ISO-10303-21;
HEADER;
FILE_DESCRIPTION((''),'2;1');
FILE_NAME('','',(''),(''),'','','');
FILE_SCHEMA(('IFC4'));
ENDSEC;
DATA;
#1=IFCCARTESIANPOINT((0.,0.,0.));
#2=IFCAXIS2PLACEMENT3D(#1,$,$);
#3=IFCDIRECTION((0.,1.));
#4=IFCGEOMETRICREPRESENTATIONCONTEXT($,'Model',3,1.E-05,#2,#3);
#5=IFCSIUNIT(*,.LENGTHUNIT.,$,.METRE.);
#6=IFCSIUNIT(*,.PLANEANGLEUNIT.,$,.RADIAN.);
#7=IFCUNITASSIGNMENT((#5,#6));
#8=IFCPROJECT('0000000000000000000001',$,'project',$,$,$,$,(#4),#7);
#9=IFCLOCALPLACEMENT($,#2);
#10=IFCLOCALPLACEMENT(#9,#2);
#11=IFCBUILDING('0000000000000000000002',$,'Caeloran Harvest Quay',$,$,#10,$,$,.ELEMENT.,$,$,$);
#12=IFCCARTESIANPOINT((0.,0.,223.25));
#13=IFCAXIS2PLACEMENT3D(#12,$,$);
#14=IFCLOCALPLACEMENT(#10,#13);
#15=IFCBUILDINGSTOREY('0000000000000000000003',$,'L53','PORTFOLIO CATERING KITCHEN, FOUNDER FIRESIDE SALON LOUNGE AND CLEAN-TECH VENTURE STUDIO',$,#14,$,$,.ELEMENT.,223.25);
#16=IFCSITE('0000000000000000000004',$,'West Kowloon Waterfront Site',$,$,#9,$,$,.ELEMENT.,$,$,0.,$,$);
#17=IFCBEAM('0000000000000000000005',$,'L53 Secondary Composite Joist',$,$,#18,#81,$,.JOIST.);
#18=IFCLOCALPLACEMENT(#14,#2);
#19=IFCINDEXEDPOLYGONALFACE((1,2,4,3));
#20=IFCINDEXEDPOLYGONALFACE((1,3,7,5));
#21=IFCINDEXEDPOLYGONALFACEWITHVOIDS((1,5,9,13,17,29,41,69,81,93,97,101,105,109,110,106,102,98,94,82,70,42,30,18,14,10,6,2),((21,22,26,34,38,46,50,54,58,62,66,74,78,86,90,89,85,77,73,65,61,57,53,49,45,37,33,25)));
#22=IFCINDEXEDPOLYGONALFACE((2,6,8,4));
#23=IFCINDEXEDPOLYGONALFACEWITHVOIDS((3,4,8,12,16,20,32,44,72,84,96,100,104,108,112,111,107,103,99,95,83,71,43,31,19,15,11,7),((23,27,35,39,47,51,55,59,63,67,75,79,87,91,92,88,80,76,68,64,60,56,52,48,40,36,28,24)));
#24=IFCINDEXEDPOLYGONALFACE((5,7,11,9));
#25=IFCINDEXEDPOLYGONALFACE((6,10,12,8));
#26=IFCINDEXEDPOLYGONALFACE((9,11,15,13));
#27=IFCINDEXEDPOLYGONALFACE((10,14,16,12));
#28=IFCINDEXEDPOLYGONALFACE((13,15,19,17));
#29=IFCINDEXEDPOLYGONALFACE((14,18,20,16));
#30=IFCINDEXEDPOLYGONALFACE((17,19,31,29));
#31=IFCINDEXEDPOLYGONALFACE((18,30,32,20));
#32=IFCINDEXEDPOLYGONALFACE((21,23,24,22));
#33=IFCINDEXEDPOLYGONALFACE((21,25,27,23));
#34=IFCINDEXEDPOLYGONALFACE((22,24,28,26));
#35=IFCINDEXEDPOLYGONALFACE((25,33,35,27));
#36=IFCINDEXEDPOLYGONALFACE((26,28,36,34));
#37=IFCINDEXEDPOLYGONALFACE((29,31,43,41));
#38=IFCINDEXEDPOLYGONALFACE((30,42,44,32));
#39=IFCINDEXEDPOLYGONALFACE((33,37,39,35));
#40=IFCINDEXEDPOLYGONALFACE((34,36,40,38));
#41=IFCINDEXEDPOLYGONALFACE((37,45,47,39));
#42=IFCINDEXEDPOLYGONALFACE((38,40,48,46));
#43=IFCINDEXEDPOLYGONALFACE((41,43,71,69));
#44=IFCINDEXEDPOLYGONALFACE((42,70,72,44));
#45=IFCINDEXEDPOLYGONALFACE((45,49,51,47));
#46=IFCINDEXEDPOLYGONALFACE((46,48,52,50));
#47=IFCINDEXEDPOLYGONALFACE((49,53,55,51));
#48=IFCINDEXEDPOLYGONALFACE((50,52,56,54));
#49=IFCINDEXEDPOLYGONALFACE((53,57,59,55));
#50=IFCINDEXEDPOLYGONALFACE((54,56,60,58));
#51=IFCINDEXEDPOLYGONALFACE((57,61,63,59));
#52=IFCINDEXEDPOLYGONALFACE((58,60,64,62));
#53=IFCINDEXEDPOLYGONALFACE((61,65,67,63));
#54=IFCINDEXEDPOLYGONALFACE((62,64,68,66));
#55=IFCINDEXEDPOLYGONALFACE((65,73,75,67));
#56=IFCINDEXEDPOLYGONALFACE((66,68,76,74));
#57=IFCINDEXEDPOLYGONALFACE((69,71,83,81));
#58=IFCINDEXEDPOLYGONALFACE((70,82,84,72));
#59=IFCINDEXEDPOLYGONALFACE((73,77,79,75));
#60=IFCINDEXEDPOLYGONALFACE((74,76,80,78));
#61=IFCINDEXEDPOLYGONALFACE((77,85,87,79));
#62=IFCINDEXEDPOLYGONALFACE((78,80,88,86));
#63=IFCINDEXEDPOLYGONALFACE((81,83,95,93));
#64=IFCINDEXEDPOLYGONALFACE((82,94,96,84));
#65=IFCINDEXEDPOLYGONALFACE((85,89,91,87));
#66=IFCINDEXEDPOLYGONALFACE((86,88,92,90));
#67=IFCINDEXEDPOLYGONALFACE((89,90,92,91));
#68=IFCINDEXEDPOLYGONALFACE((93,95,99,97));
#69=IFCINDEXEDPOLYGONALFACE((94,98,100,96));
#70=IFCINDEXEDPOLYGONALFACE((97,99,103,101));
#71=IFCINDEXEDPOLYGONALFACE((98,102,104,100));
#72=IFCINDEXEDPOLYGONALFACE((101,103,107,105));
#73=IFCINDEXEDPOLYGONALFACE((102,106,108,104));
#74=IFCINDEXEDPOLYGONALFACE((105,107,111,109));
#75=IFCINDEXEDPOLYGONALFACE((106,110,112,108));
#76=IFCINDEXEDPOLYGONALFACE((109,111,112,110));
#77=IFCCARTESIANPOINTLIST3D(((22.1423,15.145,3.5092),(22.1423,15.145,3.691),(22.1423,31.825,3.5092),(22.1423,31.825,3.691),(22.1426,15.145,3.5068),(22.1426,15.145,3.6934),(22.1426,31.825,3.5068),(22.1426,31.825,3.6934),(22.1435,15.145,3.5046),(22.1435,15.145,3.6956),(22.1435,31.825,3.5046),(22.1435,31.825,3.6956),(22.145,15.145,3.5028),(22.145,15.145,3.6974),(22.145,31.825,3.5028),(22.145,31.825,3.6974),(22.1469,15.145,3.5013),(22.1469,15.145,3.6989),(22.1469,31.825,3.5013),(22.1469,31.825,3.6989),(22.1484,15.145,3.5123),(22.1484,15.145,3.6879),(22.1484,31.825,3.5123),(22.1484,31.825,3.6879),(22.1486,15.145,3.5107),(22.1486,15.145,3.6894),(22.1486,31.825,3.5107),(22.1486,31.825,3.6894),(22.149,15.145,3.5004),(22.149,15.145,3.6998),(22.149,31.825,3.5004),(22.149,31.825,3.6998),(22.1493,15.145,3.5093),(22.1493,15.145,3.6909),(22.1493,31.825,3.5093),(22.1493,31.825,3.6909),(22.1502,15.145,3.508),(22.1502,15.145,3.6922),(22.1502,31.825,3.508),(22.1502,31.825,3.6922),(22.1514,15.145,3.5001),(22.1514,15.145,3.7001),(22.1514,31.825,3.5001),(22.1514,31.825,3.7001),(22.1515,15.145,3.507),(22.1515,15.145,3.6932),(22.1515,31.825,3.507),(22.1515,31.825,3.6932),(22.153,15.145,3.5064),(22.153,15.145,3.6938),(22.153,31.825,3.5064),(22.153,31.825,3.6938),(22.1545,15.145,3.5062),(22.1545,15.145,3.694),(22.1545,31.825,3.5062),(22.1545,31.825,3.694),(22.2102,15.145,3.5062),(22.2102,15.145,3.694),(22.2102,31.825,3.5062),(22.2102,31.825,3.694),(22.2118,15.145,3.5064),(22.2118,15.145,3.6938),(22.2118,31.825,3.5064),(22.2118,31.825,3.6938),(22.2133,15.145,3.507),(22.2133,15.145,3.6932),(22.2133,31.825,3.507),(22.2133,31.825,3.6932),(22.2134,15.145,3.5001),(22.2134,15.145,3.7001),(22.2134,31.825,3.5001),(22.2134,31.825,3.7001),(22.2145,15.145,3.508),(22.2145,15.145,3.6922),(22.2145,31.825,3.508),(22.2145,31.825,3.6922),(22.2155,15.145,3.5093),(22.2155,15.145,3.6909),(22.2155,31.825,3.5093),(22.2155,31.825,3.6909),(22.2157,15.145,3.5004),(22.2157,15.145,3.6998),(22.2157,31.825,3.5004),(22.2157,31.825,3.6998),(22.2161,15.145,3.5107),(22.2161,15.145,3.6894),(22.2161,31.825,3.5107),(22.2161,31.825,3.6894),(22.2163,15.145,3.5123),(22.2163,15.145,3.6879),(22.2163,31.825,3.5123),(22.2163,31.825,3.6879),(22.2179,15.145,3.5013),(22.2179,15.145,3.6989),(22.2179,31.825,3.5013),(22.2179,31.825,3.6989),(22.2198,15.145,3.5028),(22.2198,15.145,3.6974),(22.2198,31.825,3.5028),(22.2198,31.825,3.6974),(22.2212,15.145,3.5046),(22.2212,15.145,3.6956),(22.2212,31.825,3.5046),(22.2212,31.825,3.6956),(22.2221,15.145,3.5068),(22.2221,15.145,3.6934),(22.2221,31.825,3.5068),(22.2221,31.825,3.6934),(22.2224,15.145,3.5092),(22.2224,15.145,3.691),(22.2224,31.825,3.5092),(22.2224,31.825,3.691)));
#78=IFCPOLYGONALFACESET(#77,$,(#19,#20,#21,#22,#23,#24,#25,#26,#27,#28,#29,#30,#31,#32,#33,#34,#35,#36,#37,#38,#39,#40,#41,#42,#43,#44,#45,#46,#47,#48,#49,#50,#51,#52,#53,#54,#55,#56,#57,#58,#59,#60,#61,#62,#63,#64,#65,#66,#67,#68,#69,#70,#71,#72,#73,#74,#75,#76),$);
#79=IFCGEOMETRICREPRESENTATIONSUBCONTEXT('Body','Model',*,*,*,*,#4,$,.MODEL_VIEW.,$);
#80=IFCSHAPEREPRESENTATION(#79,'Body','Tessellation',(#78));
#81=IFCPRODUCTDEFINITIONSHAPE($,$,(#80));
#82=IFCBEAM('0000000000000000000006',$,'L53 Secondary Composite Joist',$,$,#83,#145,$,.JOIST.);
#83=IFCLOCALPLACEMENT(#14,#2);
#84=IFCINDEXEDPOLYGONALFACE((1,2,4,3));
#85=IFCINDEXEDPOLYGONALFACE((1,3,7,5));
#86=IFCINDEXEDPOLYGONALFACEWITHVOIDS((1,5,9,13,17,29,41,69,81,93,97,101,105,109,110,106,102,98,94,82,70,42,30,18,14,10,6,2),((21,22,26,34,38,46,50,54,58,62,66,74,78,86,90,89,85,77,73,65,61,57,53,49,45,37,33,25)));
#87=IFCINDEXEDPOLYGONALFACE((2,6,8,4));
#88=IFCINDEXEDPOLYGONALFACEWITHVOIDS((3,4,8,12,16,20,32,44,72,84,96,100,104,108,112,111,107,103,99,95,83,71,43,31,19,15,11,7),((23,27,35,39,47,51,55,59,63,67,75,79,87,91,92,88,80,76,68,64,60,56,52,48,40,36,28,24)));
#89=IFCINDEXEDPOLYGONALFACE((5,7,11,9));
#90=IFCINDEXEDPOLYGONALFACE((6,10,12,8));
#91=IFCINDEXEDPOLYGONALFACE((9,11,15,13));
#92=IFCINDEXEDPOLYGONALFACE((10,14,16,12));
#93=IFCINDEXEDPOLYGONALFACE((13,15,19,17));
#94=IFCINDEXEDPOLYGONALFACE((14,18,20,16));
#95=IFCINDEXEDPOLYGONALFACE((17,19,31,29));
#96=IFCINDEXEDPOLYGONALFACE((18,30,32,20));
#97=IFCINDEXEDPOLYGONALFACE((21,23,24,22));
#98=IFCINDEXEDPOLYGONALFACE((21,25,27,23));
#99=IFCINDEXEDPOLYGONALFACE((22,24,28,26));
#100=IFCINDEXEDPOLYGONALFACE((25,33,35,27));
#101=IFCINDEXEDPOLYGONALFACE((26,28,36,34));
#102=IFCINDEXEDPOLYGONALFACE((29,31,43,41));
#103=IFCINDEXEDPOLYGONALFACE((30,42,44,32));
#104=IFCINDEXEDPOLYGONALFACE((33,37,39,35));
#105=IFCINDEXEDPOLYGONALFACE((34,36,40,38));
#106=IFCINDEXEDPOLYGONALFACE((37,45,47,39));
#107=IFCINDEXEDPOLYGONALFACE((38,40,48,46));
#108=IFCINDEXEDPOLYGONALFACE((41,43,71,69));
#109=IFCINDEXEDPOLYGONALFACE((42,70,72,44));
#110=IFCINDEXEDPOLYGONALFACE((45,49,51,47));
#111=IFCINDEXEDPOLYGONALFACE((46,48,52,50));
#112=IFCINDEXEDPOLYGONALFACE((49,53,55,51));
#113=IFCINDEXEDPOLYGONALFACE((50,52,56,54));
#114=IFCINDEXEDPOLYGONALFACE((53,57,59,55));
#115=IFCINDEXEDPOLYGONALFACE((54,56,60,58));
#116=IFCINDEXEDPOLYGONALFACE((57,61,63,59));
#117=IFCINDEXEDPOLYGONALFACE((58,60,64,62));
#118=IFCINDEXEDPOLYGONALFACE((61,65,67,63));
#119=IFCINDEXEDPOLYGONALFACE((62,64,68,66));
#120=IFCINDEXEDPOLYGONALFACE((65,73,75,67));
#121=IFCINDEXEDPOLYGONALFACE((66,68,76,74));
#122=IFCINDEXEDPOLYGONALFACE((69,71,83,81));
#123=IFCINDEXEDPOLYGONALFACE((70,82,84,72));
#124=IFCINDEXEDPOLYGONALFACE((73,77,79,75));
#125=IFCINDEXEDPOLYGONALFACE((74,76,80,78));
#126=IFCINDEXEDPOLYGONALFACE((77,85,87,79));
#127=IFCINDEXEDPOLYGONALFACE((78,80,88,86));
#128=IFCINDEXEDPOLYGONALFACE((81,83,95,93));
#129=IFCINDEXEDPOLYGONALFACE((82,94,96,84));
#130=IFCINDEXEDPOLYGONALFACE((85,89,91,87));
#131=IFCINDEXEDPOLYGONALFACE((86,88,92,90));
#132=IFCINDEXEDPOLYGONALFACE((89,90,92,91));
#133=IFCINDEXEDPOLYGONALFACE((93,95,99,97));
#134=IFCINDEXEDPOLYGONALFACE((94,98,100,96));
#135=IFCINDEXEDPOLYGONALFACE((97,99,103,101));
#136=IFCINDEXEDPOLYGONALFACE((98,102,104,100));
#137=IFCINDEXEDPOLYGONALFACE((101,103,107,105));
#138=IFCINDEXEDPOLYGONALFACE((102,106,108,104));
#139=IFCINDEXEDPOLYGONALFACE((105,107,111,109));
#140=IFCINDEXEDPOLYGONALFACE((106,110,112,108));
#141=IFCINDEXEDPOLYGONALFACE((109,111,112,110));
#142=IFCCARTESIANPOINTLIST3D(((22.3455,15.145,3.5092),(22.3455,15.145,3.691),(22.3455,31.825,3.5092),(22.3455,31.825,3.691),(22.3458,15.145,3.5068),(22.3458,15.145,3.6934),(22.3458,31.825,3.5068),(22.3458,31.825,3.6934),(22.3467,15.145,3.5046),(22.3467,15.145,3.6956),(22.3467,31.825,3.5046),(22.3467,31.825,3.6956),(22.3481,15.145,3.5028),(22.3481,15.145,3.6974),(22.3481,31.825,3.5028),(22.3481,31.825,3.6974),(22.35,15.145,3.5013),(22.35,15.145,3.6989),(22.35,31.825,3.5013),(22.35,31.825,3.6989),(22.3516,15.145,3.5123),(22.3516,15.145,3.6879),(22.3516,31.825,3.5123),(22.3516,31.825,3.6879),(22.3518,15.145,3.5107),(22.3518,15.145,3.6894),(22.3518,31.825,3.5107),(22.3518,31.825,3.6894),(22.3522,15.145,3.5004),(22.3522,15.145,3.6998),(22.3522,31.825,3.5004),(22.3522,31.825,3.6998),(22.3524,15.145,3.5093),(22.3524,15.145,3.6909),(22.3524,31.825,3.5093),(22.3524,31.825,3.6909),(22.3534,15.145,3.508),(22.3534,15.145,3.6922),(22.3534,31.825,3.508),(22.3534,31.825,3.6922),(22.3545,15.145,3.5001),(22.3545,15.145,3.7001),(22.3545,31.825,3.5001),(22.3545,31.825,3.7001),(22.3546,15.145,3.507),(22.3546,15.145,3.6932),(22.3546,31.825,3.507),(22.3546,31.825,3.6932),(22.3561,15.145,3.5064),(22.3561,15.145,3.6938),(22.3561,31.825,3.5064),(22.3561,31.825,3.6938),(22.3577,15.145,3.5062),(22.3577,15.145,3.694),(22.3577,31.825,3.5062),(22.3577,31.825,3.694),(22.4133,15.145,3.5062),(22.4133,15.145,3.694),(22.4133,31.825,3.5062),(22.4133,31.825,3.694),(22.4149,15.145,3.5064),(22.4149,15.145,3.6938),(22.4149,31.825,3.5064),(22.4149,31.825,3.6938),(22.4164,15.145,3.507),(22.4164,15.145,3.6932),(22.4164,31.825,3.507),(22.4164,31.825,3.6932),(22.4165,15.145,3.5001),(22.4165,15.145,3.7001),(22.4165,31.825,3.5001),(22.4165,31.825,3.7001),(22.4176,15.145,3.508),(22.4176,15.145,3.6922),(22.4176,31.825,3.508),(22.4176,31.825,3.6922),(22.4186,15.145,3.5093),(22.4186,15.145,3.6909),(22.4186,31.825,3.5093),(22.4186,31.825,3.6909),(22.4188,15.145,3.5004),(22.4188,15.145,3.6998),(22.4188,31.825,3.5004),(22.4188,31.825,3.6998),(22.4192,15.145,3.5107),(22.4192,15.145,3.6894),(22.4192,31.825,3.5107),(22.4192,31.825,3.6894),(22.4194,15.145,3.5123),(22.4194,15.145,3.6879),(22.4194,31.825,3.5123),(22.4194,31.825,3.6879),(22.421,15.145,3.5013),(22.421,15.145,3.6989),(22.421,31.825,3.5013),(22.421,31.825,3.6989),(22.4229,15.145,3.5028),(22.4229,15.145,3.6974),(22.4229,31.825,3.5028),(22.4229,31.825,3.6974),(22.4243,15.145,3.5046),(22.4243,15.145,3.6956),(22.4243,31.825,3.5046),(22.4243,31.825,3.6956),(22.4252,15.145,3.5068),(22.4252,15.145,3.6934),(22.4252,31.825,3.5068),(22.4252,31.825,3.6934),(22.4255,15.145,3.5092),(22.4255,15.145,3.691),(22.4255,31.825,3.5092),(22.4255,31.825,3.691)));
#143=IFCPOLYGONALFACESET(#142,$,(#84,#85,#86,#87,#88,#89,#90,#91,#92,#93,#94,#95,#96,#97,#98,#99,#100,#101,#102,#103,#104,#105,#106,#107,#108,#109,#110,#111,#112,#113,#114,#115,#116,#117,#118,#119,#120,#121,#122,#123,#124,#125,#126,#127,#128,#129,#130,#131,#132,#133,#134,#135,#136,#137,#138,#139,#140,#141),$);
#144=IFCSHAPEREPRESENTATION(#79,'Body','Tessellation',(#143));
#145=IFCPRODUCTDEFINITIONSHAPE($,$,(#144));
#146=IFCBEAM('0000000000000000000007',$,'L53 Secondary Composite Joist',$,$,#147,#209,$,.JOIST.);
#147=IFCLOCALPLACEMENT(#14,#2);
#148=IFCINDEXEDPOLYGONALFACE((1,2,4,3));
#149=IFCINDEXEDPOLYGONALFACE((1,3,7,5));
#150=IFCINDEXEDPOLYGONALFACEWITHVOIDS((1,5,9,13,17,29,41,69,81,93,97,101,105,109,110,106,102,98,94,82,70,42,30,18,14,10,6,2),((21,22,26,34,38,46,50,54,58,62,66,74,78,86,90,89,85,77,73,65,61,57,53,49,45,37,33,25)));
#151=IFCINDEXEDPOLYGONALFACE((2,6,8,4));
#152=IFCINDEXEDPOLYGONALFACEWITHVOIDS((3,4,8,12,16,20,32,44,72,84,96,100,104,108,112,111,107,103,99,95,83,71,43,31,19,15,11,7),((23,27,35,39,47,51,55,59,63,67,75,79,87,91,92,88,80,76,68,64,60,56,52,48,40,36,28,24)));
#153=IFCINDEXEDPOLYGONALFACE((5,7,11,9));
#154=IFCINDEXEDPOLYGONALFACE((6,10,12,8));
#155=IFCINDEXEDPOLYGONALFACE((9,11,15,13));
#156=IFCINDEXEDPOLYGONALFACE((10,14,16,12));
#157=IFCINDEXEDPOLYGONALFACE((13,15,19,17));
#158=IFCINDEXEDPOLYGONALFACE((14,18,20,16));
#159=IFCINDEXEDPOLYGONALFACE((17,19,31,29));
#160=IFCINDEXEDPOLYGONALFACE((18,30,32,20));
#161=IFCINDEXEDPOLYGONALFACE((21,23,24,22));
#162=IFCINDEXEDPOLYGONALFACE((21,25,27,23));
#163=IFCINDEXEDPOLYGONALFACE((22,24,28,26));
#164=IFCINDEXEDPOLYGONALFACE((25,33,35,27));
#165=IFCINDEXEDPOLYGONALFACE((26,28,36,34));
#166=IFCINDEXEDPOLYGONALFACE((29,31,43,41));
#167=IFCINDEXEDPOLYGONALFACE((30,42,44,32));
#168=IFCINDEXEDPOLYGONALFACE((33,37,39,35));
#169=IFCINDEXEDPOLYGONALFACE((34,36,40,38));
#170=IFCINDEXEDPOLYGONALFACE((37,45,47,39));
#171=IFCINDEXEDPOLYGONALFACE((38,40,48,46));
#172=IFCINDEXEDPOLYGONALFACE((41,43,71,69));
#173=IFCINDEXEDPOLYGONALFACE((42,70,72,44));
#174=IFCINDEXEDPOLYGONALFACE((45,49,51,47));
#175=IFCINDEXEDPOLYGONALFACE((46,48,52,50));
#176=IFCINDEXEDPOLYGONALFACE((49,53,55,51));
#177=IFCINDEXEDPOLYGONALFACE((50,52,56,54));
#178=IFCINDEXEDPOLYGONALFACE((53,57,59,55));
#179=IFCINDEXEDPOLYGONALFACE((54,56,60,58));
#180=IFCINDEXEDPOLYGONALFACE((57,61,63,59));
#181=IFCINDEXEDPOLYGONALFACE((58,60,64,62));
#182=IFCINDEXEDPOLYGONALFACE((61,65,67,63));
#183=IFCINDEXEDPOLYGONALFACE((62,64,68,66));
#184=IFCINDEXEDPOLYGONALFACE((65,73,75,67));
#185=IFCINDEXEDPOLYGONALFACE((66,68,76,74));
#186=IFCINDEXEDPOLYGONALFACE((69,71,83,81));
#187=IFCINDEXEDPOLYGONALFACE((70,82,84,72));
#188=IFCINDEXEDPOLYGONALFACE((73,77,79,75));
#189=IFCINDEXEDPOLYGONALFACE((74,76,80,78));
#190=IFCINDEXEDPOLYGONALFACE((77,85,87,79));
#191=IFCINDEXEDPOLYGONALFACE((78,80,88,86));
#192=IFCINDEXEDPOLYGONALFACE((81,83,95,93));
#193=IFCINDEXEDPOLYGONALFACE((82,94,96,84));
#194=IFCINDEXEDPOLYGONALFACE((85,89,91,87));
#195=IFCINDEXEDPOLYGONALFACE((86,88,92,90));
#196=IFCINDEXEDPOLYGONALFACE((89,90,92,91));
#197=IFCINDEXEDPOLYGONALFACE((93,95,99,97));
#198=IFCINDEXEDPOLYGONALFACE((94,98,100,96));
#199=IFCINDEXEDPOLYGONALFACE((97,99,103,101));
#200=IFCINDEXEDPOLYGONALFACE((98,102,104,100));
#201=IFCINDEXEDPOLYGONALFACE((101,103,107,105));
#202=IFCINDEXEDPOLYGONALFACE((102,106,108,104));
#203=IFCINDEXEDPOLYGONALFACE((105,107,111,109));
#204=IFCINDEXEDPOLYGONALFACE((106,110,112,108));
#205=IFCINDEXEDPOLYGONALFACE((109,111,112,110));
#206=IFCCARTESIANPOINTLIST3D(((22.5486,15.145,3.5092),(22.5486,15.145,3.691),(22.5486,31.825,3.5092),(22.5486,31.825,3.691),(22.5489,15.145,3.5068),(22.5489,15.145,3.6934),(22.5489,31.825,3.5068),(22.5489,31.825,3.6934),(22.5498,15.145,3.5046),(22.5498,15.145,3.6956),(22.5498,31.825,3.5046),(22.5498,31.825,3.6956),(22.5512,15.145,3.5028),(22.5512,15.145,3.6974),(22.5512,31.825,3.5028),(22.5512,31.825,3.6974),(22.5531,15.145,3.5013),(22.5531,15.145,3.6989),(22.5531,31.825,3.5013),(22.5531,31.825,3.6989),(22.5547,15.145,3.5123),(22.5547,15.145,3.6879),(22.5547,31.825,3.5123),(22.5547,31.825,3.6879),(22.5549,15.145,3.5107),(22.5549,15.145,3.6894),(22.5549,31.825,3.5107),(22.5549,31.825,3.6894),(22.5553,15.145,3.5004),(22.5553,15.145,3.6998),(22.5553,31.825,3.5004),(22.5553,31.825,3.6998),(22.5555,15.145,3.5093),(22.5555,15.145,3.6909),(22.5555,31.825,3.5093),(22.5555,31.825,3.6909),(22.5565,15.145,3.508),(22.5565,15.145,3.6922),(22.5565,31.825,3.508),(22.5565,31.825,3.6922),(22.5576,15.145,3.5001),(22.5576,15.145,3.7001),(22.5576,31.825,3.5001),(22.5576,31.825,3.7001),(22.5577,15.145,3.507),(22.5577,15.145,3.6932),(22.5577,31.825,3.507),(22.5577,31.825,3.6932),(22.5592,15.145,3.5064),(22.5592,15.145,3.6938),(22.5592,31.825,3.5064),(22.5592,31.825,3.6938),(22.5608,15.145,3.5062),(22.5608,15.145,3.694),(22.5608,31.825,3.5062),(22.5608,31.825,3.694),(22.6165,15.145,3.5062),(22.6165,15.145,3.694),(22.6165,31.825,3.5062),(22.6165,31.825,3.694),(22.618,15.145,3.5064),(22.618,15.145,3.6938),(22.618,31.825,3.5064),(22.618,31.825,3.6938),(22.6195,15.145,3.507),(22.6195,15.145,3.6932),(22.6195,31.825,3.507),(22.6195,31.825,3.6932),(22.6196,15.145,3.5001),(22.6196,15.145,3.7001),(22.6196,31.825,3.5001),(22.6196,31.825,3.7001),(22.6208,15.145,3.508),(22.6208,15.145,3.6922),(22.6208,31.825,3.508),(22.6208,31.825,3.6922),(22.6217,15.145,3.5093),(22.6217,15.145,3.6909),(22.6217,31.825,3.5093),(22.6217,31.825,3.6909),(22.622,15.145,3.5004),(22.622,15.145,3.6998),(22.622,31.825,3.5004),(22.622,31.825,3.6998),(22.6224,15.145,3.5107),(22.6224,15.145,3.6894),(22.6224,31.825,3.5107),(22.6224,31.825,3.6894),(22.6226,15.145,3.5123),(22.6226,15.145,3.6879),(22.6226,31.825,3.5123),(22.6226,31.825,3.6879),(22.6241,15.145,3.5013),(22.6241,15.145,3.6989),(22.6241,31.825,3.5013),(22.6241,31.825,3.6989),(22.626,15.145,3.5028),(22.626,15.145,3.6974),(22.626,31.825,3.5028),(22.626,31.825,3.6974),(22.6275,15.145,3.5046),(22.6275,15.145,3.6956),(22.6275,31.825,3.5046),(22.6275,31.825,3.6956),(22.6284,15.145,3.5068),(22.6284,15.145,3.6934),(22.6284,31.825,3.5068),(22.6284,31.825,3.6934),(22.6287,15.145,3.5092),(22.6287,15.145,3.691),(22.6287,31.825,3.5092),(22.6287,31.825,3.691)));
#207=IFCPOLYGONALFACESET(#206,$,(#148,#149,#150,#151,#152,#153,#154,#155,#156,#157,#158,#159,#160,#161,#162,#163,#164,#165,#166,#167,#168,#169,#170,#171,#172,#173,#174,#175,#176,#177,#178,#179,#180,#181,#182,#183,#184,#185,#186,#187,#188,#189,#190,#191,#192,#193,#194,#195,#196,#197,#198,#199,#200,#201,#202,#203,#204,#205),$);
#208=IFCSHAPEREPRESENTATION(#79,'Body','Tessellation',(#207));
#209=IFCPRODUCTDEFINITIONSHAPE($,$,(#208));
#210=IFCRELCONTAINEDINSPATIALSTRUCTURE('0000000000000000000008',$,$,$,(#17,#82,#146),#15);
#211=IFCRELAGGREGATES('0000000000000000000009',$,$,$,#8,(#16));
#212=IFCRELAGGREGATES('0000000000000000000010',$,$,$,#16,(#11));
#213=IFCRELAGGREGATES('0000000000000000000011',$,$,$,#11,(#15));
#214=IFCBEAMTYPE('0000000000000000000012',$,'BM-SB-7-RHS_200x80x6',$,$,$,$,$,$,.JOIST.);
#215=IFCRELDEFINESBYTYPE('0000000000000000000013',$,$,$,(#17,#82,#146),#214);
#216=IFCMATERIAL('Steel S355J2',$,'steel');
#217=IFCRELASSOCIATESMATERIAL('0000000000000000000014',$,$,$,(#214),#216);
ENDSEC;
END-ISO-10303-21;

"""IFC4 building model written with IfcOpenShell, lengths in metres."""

from ifc_helpers import new_model, si_unit, direction, frame, origin, origin_2d, place, context, subcontext, project, spatial, hollow_rectangle, extrude, material, material_profile, profile_set, type_object, element, save


model = new_model("IFC4")

# Units and contexts
model_context = context("Model", 3, precision=1e-05, world=origin(), true_north=direction((0.0, 1.0)))
body_context = subcontext(model_context, "Body", "Model", "MODEL_VIEW")
ifc_project = project(units=[si_unit("LENGTHUNIT", "METRE"), si_unit("PLANEANGLEUNIT", "RADIAN")], contexts=[model_context])

# Site, building, storey
site_placement = place(None, origin())
site = spatial("IfcSite", under=ifc_project, at=site_placement, Name="West Kowloon Waterfront Site", CompositionType="ELEMENT", RefElevation=0.0)
building_placement = place(site_placement, origin())
building = spatial("IfcBuilding", under=site, at=building_placement, Name="Caeloran Harvest Quay", CompositionType="ELEMENT")
storey_placement = place(building_placement, frame((0.0, 0.0, 223.25)))
storey = spatial("IfcBuildingStorey", under=building, at=storey_placement, Name="L53", Description="PORTFOLIO CATERING KITCHEN, FOUNDER FIRESIDE SALON LOUNGE AND CLEAN-TECH VENTURE STUDIO", CompositionType="ELEMENT", Elevation=223.25)

# Beams
ifc_material_1 = material(Name="Steel S355J2", Category="steel")
ifc_material_profile_1 = material_profile(ifc_material_1, hollow_rectangle(XDim=0.0801, YDim=0.2, WallThickness=0.0061, InnerFilletRadius=0.0061, OuterFilletRadius=0.009, at=origin_2d()), Name="RHS 200x80x6")
ifc_profile_set_1 = profile_set([ifc_material_profile_1], Name="Steel S355J2")
beam_type_1 = type_object("IfcBeamType", Name="BM-SB-7-RHS_200x80x6", PredefinedType="JOIST", material=ifc_profile_set_1)
for number, where, z_axis, x_axis, name in (
    (1, (22.1824, 15.145, 3.6001), (0.0, 1.0, 0.0), (-1.0, 0.0, 0.0), "L53 Secondary Composite Joist"),
    (2, (22.3855, 15.145, 3.6001), (0.0, 1.0, 0.0), (-1.0, 0.0, 0.0), "L53 Secondary Composite Joist"),
    (3, (22.5886, 15.145, 3.6001), (0.0, 1.0, 0.0), (-1.0, 0.0, 0.0), "L53 Secondary Composite Joist"),
):
    element("IfcBeam", number, at=place(storey_placement, frame(where, z_axis=z_axis, x_axis=x_axis)), inside=storey, type_object=beam_type_1, Name=name, PredefinedType="JOIST", context=body_context, shape_type="SweptSolid", body=[
        extrude(hollow_rectangle(XDim=0.0801, YDim=0.2, WallThickness=0.0061, InnerFilletRadius=0.0061, OuterFilletRadius=0.009, at=origin_2d()), origin(), (0.0, 0.0, 1.0), 16.6799),
    ])

save(model, "model.ifc")
